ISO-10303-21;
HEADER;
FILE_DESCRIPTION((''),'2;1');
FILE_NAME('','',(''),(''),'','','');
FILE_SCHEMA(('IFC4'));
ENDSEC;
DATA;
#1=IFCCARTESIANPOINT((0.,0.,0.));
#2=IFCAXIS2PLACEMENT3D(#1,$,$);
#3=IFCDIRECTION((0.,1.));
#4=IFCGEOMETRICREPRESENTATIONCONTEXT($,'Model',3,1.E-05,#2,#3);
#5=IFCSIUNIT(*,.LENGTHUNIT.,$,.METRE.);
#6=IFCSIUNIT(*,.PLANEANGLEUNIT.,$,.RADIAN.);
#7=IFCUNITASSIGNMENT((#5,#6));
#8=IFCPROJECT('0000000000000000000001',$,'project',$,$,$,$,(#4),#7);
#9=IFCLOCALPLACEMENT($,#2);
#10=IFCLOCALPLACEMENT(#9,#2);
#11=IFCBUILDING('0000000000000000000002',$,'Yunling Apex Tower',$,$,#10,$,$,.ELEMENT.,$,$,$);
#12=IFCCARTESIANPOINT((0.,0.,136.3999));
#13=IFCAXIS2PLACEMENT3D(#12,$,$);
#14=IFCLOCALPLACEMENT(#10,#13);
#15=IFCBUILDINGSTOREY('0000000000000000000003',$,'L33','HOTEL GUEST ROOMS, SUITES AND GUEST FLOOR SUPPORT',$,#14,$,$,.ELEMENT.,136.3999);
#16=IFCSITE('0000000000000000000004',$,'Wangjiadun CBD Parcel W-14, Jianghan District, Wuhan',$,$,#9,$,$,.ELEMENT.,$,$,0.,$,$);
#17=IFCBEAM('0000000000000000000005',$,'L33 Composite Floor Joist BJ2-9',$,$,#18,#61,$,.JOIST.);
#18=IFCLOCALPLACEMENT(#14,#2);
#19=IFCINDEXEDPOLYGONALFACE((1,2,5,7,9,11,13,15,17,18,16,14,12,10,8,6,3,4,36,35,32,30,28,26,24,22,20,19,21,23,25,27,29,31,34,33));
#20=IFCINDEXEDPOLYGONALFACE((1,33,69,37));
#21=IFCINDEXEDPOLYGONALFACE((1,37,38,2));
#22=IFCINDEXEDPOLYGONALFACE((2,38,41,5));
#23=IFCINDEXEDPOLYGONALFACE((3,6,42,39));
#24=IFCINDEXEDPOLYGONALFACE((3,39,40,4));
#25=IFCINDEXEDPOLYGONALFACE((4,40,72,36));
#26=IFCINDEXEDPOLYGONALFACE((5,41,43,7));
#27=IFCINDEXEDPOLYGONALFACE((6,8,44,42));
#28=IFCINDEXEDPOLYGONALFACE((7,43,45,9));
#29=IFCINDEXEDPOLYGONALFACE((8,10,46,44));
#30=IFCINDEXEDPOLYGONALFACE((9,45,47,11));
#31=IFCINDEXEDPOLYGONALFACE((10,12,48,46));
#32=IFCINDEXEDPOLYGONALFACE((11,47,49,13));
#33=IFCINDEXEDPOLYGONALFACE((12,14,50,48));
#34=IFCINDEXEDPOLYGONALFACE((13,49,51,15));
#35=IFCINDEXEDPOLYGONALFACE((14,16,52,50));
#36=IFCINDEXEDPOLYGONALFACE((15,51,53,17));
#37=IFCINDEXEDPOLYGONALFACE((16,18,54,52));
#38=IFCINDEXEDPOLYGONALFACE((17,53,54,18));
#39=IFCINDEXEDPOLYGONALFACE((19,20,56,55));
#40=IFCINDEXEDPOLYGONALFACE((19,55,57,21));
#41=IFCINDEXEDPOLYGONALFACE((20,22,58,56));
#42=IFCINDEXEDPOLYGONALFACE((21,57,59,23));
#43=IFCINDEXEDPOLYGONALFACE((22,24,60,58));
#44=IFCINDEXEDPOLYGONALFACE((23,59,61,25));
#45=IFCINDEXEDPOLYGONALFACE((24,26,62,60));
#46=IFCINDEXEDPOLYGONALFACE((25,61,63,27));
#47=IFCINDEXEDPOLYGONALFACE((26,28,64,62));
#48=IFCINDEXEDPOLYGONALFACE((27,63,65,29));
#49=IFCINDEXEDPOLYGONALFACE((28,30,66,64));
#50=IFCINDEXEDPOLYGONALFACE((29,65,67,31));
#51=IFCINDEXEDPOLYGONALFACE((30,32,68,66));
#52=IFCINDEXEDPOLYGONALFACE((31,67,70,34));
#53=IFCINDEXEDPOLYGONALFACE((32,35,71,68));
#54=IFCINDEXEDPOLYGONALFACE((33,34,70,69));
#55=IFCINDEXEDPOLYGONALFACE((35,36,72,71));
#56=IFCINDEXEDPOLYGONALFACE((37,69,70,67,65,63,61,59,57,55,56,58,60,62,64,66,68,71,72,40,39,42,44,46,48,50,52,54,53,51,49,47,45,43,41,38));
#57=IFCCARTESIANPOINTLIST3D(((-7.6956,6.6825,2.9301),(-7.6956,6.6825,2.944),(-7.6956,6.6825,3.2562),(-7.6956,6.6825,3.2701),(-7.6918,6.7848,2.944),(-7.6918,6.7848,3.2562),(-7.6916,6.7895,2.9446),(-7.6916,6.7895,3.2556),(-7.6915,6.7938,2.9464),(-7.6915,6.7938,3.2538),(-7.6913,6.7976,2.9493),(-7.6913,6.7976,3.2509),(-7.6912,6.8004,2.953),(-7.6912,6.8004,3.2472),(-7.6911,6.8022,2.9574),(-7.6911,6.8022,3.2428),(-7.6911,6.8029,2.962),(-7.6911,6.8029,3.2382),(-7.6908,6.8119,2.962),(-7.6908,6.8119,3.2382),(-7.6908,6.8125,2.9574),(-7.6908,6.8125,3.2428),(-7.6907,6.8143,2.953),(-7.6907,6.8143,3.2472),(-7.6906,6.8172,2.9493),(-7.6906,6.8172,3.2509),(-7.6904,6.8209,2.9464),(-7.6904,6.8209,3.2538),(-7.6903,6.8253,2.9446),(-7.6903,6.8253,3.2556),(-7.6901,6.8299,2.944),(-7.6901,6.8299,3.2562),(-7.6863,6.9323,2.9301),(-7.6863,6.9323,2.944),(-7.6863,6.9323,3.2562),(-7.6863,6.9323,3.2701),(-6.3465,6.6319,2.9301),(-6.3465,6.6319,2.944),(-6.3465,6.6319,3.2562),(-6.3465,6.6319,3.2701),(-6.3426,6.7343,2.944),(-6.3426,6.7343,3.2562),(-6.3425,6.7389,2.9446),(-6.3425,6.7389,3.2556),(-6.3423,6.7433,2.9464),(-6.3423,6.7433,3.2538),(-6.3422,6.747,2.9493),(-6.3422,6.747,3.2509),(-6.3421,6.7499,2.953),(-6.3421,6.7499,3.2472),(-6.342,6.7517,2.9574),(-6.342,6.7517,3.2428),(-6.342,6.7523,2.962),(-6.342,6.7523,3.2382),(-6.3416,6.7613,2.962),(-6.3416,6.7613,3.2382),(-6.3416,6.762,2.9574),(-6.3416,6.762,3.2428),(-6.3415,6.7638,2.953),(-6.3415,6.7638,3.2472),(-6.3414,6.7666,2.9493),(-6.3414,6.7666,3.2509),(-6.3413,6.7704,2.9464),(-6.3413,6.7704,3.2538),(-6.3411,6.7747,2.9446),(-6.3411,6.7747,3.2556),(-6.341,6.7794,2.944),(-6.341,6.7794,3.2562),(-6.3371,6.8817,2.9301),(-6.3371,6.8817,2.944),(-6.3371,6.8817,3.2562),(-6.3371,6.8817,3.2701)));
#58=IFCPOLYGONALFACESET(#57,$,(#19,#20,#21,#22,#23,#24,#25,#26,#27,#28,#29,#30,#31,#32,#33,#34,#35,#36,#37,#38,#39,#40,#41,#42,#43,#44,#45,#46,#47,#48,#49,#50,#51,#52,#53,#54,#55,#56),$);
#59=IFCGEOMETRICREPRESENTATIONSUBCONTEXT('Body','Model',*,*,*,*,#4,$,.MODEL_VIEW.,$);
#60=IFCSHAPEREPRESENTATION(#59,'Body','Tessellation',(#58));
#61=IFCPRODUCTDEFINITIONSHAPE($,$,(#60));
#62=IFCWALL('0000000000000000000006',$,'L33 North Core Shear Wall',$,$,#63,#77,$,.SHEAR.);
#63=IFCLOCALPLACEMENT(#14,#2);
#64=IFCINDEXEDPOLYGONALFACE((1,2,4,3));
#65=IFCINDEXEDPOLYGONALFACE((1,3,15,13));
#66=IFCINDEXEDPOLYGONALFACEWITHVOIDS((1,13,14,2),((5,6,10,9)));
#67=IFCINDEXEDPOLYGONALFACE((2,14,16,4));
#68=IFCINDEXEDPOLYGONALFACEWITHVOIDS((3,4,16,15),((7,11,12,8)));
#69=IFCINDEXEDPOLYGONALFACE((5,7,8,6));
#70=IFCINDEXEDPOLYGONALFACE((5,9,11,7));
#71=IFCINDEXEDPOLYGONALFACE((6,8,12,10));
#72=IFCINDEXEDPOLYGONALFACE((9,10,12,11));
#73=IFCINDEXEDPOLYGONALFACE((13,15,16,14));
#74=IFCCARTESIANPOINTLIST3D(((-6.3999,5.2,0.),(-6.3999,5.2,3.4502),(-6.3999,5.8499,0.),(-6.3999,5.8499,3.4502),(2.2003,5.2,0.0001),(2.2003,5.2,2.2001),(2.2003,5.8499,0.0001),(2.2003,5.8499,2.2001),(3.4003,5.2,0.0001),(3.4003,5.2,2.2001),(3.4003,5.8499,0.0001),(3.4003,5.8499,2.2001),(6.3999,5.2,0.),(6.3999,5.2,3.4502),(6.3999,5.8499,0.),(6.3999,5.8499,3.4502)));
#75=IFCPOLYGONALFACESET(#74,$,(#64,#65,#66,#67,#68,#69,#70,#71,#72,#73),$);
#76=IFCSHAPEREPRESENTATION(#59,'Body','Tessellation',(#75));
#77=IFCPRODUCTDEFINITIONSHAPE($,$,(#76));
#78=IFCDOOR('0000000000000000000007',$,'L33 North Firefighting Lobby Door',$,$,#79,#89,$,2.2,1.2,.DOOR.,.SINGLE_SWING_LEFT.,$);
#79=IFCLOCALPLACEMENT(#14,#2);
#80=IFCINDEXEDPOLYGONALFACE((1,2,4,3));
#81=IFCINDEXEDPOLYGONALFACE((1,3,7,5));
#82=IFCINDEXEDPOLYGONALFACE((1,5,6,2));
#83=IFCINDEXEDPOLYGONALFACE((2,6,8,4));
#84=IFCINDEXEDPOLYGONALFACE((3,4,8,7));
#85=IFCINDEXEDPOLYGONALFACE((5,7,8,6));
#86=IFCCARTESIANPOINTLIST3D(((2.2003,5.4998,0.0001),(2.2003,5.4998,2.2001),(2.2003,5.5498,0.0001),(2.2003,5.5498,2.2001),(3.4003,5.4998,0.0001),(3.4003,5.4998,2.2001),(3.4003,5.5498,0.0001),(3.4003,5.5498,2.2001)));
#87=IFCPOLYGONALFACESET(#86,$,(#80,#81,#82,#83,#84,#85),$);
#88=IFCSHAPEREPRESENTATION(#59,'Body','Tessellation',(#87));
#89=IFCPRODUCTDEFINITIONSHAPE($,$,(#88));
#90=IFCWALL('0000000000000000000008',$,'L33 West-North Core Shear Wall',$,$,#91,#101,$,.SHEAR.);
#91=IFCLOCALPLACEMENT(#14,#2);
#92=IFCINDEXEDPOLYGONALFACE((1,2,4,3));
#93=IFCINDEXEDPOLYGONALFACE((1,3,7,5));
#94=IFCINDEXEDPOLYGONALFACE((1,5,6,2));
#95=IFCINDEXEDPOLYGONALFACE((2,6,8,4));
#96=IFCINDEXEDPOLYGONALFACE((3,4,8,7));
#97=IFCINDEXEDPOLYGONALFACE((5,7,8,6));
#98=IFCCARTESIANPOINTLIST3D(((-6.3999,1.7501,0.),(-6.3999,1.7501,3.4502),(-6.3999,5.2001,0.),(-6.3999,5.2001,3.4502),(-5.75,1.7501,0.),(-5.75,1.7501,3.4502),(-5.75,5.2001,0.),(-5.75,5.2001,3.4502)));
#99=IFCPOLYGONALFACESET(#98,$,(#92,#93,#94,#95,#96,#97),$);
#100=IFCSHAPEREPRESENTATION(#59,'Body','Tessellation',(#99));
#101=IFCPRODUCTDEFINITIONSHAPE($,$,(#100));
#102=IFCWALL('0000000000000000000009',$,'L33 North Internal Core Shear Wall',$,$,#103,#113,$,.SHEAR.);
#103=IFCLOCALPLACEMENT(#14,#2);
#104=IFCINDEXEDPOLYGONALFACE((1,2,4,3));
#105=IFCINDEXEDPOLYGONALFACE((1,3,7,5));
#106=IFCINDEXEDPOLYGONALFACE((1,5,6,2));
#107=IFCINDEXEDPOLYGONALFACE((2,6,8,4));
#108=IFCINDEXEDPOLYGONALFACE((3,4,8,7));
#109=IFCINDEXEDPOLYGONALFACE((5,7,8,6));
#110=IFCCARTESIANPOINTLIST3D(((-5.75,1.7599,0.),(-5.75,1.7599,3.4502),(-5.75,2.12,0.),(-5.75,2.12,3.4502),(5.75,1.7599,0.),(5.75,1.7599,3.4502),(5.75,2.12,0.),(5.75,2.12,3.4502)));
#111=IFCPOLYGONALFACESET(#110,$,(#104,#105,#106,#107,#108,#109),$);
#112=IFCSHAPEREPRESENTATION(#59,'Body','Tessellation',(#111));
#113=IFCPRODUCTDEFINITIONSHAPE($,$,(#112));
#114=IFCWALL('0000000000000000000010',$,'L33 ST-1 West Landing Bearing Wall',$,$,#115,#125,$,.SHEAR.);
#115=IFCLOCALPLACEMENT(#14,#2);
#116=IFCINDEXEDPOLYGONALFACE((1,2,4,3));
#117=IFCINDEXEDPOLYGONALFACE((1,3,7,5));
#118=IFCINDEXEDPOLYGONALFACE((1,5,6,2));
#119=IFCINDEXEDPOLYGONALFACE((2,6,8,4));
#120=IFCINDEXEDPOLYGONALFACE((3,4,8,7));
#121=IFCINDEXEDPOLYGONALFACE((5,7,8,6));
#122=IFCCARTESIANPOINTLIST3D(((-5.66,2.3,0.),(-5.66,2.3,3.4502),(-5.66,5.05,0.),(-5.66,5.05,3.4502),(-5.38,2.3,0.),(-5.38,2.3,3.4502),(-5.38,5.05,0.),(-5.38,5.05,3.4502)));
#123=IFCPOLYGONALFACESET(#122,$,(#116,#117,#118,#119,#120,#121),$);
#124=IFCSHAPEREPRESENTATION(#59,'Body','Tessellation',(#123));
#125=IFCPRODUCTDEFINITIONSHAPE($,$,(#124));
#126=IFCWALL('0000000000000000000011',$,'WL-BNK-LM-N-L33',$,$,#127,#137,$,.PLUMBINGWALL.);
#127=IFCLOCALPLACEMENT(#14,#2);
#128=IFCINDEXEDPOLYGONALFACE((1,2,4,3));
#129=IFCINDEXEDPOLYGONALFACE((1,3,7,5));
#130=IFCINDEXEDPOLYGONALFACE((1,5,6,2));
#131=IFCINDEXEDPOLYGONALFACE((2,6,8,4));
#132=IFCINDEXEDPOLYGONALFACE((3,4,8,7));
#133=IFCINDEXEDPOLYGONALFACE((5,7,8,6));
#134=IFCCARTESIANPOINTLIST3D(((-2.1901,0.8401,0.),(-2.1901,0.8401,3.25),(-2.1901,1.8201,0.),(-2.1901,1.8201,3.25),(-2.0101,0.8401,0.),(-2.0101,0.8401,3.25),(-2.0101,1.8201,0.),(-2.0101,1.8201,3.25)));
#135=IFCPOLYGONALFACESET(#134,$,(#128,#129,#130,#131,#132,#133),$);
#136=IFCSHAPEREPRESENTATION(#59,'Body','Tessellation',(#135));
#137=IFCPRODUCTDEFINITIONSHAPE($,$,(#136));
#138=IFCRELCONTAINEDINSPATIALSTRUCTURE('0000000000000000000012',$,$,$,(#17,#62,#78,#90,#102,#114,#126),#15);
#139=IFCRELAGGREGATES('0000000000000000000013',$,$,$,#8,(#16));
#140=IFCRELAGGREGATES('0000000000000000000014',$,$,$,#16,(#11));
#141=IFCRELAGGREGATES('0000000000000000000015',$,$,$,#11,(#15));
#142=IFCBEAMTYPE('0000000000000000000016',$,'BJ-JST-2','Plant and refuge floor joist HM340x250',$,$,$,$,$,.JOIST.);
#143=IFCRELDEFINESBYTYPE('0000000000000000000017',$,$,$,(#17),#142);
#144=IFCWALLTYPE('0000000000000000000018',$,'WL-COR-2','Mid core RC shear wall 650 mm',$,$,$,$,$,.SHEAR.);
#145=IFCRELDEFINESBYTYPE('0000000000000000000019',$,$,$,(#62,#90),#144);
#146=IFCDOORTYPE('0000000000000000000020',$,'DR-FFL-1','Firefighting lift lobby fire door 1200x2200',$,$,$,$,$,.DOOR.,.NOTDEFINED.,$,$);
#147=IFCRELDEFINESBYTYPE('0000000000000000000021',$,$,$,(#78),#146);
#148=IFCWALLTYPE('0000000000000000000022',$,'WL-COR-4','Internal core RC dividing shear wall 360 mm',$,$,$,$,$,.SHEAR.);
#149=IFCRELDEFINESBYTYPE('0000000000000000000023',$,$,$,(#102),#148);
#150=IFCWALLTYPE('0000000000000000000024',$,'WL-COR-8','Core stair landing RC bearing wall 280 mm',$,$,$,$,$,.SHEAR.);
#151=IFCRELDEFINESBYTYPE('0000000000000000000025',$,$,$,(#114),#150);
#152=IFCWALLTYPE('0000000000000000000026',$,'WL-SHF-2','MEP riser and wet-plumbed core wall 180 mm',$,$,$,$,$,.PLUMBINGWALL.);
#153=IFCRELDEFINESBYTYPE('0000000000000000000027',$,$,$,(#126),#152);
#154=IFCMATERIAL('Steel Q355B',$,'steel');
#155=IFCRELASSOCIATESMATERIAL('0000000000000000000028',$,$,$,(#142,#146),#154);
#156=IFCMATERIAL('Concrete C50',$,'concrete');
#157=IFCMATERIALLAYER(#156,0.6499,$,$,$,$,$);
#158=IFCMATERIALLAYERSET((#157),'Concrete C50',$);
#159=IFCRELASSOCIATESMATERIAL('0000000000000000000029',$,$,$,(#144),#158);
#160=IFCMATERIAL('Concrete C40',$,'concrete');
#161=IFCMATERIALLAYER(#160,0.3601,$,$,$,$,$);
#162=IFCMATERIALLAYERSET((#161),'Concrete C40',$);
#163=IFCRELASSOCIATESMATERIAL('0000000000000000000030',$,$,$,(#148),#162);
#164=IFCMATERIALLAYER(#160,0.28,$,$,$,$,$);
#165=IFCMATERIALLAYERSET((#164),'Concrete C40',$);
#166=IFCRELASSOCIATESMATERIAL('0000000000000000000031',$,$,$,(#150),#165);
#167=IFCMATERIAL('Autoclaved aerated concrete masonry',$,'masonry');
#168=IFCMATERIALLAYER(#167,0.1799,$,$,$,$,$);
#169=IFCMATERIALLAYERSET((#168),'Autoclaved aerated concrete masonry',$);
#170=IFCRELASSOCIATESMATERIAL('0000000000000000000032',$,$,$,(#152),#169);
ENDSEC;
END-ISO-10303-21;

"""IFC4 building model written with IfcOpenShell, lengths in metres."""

from ifc_helpers import new_model, si_unit, direction, frame, frame_2d, origin, origin_2d, place, context, subcontext, project, spatial, rectangle, i_section, extrude, source, transform, mapped, material, layer, layer_set, material_profile, profile_set, type_object, element, fill, save


model = new_model("IFC4")

# Units and contexts
model_context = context("Model", 3, precision=1e-05, world=origin(), true_north=direction((0.0, 1.0)))
body_context = subcontext(model_context, "Body", "Model", "MODEL_VIEW")
ifc_project = project(units=[si_unit("LENGTHUNIT", "METRE"), si_unit("PLANEANGLEUNIT", "RADIAN")], contexts=[model_context])

# Site, building, storey
site_placement = place(None, origin())
site = spatial("IfcSite", under=ifc_project, at=site_placement, Name="Wangjiadun CBD Parcel W-14, Jianghan District, Wuhan", CompositionType="ELEMENT", RefElevation=0.0)
building_placement = place(site_placement, origin())
building = spatial("IfcBuilding", under=site, at=building_placement, Name="Yunling Apex Tower", CompositionType="ELEMENT")
storey_placement = place(building_placement, frame((0.0, 0.0, 136.3999)))
storey = spatial("IfcBuildingStorey", under=building, at=storey_placement, Name="L33", Description="HOTEL GUEST ROOMS, SUITES AND GUEST FLOOR SUPPORT", CompositionType="ELEMENT", Elevation=136.3999)

# Shared definitions
ifc_material_1 = material(Name="Concrete C50", Category="concrete")

# Beam
ifc_material_2 = material(Name="Steel Q355B", Category="steel")
ifc_material_profile_1 = material_profile(ifc_material_2, i_section(OverallWidth=0.25, OverallDepth=0.3401, WebThickness=0.009, FlangeThickness=0.0139, FilletRadius=0.0181, at=origin_2d()))
ifc_profile_set_1 = profile_set([ifc_material_profile_1], Name="Steel Q355B")
beam_type_1 = type_object("IfcBeamType", Name="BJ-JST-2", Description="Plant and refuge floor joist HM340x250", PredefinedType="JOIST", material=ifc_profile_set_1)
shared_shape_1 = source(origin(), body_context, "Body", "SweptSolid", [
    extrude(i_section(OverallWidth=0.25, OverallDepth=0.3401, WebThickness=0.009, FlangeThickness=0.0139, FilletRadius=0.0181, at=origin_2d()), origin(), (0.0, 0.0, 1.0), 1.3501),
])
beam_1_placement = place(storey_placement, frame((-6.3418, 6.7568, 3.1001), z_axis=(-0.999299, 0.037433, 0.0), x_axis=(-0.037433, -0.999299, 0.0)))
element("IfcBeam", 1, at=beam_1_placement, inside=storey, type_object=beam_type_1, Name="L33 Composite Floor Joist BJ2-9", PredefinedType="JOIST", context=body_context, shape_type="MappedRepresentation", body=[
    mapped(shared_shape_1, transform((0.0, 0.0, 0.0), scale=1.0)),
])

# Wall, opening, door
ifc_layer_1 = layer(ifc_material_1, 0.6499)
ifc_layer_set_1 = layer_set([ifc_layer_1], Name="Concrete C50")
wall_type_1 = type_object("IfcWallType", Name="WL-COR-2", Description="Mid core RC shear wall 650 mm", PredefinedType="SHEAR", material=ifc_layer_set_1)
wall_1_placement = place(storey_placement, frame((-6.3999, 5.5249, 0.0), z_axis=(0.0, 0.0, 1.0), x_axis=(1.0, 0.0, 0.0)))
wall_1 = element("IfcWall", 2, at=wall_1_placement, inside=storey, type_object=wall_type_1, Name="L33 North Core Shear Wall", PredefinedType="SHEAR", context=body_context, shape_type="SweptSolid", body=[
    extrude(rectangle(XDim=12.7998, YDim=0.6499, at=frame_2d((6.3999, 0.0))), origin(), (0.0, 0.0, 1.0), 3.4502),
])
opening_1_placement = place(wall_1_placement, frame((8.6001, 0.0, 0.0)))
opening_1 = element("IfcOpeningElement", 3, at=opening_1_placement, cuts=wall_1, PredefinedType="OPENING", context=body_context, shape_type="SweptSolid", body=[
    extrude(rectangle(XDim=1.2, YDim=2.2, at=frame_2d((0.6001, 1.1001))), frame((0.0, 0.335, 0.0), z_axis=(0.0, -1.0, 0.0), x_axis=(1.0, 0.0, 0.0)), (0.0, 0.0, 1.0), 0.6699),
])
door_type_1 = type_object("IfcDoorType", Name="DR-FFL-1", Description="Firefighting lift lobby fire door 1200x2200", OperationType="NOTDEFINED", PredefinedType="DOOR", material=ifc_material_2)
door_1_placement = place(opening_1_placement, origin())
door_1 = element("IfcDoor", 4, at=door_1_placement, inside=storey, type_object=door_type_1, Name="L33 North Firefighting Lobby Door", OperationType="SINGLE_SWING_LEFT", OverallHeight=2.2, OverallWidth=1.2, PredefinedType="DOOR", context=body_context, shape_type="SweptSolid", body=[
    extrude(rectangle(XDim=1.2, YDim=2.2, at=frame_2d((0.6001, 1.1001))), frame((0.0, 0.0249, 0.0), z_axis=(0.0, -1.0, 0.0), x_axis=(1.0, 0.0, 0.0)), (0.0, 0.0, 1.0), 0.05),
])
fill(opening_1, door_1)

# Walls
wall_2_placement = place(storey_placement, frame((-6.075, 1.75, 0.0), z_axis=(0.0, 0.0, 1.0), x_axis=(0.0, 1.0, 0.0)))
element("IfcWall", 5, at=wall_2_placement, inside=storey, type_object=wall_type_1, Name="L33 West-North Core Shear Wall", PredefinedType="SHEAR", context=body_context, shape_type="SweptSolid", body=[
    extrude(rectangle(XDim=3.45, YDim=0.6499, at=frame_2d((1.7251, 0.0))), origin(), (0.0, 0.0, 1.0), 3.4502),
])
ifc_material_3 = material(Name="Concrete C40", Category="concrete")
ifc_layer_2 = layer(ifc_material_3, 0.3601)
ifc_layer_set_2 = layer_set([ifc_layer_2], Name="Concrete C40")
wall_type_2 = type_object("IfcWallType", Name="WL-COR-4", Description="Internal core RC dividing shear wall 360 mm", PredefinedType="SHEAR", material=ifc_layer_set_2)
wall_3_placement = place(storey_placement, frame((-5.75, 1.9399, 0.0), z_axis=(0.0, 0.0, 1.0), x_axis=(1.0, 0.0, 0.0)))
element("IfcWall", 6, at=wall_3_placement, inside=storey, type_object=wall_type_2, Name="L33 North Internal Core Shear Wall", PredefinedType="SHEAR", context=body_context, shape_type="SweptSolid", body=[
    extrude(rectangle(XDim=11.5, YDim=0.3601, at=frame_2d((5.75, 0.0))), origin(), (0.0, 0.0, 1.0), 3.4502),
])
ifc_layer_3 = layer(ifc_material_3, 0.28)
ifc_layer_set_3 = layer_set([ifc_layer_3], Name="Concrete C40")
wall_type_3 = type_object("IfcWallType", Name="WL-COR-8", Description="Core stair landing RC bearing wall 280 mm", PredefinedType="SHEAR", material=ifc_layer_set_3)
wall_4_placement = place(storey_placement, frame((-5.52, 2.3, 0.0), z_axis=(0.0, 0.0, 1.0), x_axis=(0.0, 1.0, 0.0)))
element("IfcWall", 7, at=wall_4_placement, inside=storey, type_object=wall_type_3, Name="L33 ST-1 West Landing Bearing Wall", PredefinedType="SHEAR", context=body_context, shape_type="SweptSolid", body=[
    extrude(rectangle(XDim=2.75, YDim=0.28, at=frame_2d((1.375, 0.0))), origin(), (0.0, 0.0, 1.0), 3.4502),
])
ifc_material_4 = material(Name="Autoclaved aerated concrete masonry", Category="masonry")
ifc_layer_4 = layer(ifc_material_4, 0.1799)
ifc_layer_set_4 = layer_set([ifc_layer_4], Name="Autoclaved aerated concrete masonry")
wall_type_4 = type_object("IfcWallType", Name="WL-SHF-2", Description="MEP riser and wet-plumbed core wall 180 mm", PredefinedType="PLUMBINGWALL", material=ifc_layer_set_4)
wall_5_placement = place(storey_placement, frame((-2.1001, 0.8401, 0.0), z_axis=(0.0, 0.0, 1.0), x_axis=(0.0, 1.0, 0.0)))
element("IfcWall", 8, at=wall_5_placement, inside=storey, type_object=wall_type_4, Name="WL-BNK-LM-N-L33", PredefinedType="PLUMBINGWALL", context=body_context, shape_type="SweptSolid", body=[
    extrude(rectangle(XDim=0.98, YDim=0.1799, at=frame_2d((0.49, 0.0))), origin(), (0.0, 0.0, 1.0), 3.25),
])

save(model, "model.ifc")
